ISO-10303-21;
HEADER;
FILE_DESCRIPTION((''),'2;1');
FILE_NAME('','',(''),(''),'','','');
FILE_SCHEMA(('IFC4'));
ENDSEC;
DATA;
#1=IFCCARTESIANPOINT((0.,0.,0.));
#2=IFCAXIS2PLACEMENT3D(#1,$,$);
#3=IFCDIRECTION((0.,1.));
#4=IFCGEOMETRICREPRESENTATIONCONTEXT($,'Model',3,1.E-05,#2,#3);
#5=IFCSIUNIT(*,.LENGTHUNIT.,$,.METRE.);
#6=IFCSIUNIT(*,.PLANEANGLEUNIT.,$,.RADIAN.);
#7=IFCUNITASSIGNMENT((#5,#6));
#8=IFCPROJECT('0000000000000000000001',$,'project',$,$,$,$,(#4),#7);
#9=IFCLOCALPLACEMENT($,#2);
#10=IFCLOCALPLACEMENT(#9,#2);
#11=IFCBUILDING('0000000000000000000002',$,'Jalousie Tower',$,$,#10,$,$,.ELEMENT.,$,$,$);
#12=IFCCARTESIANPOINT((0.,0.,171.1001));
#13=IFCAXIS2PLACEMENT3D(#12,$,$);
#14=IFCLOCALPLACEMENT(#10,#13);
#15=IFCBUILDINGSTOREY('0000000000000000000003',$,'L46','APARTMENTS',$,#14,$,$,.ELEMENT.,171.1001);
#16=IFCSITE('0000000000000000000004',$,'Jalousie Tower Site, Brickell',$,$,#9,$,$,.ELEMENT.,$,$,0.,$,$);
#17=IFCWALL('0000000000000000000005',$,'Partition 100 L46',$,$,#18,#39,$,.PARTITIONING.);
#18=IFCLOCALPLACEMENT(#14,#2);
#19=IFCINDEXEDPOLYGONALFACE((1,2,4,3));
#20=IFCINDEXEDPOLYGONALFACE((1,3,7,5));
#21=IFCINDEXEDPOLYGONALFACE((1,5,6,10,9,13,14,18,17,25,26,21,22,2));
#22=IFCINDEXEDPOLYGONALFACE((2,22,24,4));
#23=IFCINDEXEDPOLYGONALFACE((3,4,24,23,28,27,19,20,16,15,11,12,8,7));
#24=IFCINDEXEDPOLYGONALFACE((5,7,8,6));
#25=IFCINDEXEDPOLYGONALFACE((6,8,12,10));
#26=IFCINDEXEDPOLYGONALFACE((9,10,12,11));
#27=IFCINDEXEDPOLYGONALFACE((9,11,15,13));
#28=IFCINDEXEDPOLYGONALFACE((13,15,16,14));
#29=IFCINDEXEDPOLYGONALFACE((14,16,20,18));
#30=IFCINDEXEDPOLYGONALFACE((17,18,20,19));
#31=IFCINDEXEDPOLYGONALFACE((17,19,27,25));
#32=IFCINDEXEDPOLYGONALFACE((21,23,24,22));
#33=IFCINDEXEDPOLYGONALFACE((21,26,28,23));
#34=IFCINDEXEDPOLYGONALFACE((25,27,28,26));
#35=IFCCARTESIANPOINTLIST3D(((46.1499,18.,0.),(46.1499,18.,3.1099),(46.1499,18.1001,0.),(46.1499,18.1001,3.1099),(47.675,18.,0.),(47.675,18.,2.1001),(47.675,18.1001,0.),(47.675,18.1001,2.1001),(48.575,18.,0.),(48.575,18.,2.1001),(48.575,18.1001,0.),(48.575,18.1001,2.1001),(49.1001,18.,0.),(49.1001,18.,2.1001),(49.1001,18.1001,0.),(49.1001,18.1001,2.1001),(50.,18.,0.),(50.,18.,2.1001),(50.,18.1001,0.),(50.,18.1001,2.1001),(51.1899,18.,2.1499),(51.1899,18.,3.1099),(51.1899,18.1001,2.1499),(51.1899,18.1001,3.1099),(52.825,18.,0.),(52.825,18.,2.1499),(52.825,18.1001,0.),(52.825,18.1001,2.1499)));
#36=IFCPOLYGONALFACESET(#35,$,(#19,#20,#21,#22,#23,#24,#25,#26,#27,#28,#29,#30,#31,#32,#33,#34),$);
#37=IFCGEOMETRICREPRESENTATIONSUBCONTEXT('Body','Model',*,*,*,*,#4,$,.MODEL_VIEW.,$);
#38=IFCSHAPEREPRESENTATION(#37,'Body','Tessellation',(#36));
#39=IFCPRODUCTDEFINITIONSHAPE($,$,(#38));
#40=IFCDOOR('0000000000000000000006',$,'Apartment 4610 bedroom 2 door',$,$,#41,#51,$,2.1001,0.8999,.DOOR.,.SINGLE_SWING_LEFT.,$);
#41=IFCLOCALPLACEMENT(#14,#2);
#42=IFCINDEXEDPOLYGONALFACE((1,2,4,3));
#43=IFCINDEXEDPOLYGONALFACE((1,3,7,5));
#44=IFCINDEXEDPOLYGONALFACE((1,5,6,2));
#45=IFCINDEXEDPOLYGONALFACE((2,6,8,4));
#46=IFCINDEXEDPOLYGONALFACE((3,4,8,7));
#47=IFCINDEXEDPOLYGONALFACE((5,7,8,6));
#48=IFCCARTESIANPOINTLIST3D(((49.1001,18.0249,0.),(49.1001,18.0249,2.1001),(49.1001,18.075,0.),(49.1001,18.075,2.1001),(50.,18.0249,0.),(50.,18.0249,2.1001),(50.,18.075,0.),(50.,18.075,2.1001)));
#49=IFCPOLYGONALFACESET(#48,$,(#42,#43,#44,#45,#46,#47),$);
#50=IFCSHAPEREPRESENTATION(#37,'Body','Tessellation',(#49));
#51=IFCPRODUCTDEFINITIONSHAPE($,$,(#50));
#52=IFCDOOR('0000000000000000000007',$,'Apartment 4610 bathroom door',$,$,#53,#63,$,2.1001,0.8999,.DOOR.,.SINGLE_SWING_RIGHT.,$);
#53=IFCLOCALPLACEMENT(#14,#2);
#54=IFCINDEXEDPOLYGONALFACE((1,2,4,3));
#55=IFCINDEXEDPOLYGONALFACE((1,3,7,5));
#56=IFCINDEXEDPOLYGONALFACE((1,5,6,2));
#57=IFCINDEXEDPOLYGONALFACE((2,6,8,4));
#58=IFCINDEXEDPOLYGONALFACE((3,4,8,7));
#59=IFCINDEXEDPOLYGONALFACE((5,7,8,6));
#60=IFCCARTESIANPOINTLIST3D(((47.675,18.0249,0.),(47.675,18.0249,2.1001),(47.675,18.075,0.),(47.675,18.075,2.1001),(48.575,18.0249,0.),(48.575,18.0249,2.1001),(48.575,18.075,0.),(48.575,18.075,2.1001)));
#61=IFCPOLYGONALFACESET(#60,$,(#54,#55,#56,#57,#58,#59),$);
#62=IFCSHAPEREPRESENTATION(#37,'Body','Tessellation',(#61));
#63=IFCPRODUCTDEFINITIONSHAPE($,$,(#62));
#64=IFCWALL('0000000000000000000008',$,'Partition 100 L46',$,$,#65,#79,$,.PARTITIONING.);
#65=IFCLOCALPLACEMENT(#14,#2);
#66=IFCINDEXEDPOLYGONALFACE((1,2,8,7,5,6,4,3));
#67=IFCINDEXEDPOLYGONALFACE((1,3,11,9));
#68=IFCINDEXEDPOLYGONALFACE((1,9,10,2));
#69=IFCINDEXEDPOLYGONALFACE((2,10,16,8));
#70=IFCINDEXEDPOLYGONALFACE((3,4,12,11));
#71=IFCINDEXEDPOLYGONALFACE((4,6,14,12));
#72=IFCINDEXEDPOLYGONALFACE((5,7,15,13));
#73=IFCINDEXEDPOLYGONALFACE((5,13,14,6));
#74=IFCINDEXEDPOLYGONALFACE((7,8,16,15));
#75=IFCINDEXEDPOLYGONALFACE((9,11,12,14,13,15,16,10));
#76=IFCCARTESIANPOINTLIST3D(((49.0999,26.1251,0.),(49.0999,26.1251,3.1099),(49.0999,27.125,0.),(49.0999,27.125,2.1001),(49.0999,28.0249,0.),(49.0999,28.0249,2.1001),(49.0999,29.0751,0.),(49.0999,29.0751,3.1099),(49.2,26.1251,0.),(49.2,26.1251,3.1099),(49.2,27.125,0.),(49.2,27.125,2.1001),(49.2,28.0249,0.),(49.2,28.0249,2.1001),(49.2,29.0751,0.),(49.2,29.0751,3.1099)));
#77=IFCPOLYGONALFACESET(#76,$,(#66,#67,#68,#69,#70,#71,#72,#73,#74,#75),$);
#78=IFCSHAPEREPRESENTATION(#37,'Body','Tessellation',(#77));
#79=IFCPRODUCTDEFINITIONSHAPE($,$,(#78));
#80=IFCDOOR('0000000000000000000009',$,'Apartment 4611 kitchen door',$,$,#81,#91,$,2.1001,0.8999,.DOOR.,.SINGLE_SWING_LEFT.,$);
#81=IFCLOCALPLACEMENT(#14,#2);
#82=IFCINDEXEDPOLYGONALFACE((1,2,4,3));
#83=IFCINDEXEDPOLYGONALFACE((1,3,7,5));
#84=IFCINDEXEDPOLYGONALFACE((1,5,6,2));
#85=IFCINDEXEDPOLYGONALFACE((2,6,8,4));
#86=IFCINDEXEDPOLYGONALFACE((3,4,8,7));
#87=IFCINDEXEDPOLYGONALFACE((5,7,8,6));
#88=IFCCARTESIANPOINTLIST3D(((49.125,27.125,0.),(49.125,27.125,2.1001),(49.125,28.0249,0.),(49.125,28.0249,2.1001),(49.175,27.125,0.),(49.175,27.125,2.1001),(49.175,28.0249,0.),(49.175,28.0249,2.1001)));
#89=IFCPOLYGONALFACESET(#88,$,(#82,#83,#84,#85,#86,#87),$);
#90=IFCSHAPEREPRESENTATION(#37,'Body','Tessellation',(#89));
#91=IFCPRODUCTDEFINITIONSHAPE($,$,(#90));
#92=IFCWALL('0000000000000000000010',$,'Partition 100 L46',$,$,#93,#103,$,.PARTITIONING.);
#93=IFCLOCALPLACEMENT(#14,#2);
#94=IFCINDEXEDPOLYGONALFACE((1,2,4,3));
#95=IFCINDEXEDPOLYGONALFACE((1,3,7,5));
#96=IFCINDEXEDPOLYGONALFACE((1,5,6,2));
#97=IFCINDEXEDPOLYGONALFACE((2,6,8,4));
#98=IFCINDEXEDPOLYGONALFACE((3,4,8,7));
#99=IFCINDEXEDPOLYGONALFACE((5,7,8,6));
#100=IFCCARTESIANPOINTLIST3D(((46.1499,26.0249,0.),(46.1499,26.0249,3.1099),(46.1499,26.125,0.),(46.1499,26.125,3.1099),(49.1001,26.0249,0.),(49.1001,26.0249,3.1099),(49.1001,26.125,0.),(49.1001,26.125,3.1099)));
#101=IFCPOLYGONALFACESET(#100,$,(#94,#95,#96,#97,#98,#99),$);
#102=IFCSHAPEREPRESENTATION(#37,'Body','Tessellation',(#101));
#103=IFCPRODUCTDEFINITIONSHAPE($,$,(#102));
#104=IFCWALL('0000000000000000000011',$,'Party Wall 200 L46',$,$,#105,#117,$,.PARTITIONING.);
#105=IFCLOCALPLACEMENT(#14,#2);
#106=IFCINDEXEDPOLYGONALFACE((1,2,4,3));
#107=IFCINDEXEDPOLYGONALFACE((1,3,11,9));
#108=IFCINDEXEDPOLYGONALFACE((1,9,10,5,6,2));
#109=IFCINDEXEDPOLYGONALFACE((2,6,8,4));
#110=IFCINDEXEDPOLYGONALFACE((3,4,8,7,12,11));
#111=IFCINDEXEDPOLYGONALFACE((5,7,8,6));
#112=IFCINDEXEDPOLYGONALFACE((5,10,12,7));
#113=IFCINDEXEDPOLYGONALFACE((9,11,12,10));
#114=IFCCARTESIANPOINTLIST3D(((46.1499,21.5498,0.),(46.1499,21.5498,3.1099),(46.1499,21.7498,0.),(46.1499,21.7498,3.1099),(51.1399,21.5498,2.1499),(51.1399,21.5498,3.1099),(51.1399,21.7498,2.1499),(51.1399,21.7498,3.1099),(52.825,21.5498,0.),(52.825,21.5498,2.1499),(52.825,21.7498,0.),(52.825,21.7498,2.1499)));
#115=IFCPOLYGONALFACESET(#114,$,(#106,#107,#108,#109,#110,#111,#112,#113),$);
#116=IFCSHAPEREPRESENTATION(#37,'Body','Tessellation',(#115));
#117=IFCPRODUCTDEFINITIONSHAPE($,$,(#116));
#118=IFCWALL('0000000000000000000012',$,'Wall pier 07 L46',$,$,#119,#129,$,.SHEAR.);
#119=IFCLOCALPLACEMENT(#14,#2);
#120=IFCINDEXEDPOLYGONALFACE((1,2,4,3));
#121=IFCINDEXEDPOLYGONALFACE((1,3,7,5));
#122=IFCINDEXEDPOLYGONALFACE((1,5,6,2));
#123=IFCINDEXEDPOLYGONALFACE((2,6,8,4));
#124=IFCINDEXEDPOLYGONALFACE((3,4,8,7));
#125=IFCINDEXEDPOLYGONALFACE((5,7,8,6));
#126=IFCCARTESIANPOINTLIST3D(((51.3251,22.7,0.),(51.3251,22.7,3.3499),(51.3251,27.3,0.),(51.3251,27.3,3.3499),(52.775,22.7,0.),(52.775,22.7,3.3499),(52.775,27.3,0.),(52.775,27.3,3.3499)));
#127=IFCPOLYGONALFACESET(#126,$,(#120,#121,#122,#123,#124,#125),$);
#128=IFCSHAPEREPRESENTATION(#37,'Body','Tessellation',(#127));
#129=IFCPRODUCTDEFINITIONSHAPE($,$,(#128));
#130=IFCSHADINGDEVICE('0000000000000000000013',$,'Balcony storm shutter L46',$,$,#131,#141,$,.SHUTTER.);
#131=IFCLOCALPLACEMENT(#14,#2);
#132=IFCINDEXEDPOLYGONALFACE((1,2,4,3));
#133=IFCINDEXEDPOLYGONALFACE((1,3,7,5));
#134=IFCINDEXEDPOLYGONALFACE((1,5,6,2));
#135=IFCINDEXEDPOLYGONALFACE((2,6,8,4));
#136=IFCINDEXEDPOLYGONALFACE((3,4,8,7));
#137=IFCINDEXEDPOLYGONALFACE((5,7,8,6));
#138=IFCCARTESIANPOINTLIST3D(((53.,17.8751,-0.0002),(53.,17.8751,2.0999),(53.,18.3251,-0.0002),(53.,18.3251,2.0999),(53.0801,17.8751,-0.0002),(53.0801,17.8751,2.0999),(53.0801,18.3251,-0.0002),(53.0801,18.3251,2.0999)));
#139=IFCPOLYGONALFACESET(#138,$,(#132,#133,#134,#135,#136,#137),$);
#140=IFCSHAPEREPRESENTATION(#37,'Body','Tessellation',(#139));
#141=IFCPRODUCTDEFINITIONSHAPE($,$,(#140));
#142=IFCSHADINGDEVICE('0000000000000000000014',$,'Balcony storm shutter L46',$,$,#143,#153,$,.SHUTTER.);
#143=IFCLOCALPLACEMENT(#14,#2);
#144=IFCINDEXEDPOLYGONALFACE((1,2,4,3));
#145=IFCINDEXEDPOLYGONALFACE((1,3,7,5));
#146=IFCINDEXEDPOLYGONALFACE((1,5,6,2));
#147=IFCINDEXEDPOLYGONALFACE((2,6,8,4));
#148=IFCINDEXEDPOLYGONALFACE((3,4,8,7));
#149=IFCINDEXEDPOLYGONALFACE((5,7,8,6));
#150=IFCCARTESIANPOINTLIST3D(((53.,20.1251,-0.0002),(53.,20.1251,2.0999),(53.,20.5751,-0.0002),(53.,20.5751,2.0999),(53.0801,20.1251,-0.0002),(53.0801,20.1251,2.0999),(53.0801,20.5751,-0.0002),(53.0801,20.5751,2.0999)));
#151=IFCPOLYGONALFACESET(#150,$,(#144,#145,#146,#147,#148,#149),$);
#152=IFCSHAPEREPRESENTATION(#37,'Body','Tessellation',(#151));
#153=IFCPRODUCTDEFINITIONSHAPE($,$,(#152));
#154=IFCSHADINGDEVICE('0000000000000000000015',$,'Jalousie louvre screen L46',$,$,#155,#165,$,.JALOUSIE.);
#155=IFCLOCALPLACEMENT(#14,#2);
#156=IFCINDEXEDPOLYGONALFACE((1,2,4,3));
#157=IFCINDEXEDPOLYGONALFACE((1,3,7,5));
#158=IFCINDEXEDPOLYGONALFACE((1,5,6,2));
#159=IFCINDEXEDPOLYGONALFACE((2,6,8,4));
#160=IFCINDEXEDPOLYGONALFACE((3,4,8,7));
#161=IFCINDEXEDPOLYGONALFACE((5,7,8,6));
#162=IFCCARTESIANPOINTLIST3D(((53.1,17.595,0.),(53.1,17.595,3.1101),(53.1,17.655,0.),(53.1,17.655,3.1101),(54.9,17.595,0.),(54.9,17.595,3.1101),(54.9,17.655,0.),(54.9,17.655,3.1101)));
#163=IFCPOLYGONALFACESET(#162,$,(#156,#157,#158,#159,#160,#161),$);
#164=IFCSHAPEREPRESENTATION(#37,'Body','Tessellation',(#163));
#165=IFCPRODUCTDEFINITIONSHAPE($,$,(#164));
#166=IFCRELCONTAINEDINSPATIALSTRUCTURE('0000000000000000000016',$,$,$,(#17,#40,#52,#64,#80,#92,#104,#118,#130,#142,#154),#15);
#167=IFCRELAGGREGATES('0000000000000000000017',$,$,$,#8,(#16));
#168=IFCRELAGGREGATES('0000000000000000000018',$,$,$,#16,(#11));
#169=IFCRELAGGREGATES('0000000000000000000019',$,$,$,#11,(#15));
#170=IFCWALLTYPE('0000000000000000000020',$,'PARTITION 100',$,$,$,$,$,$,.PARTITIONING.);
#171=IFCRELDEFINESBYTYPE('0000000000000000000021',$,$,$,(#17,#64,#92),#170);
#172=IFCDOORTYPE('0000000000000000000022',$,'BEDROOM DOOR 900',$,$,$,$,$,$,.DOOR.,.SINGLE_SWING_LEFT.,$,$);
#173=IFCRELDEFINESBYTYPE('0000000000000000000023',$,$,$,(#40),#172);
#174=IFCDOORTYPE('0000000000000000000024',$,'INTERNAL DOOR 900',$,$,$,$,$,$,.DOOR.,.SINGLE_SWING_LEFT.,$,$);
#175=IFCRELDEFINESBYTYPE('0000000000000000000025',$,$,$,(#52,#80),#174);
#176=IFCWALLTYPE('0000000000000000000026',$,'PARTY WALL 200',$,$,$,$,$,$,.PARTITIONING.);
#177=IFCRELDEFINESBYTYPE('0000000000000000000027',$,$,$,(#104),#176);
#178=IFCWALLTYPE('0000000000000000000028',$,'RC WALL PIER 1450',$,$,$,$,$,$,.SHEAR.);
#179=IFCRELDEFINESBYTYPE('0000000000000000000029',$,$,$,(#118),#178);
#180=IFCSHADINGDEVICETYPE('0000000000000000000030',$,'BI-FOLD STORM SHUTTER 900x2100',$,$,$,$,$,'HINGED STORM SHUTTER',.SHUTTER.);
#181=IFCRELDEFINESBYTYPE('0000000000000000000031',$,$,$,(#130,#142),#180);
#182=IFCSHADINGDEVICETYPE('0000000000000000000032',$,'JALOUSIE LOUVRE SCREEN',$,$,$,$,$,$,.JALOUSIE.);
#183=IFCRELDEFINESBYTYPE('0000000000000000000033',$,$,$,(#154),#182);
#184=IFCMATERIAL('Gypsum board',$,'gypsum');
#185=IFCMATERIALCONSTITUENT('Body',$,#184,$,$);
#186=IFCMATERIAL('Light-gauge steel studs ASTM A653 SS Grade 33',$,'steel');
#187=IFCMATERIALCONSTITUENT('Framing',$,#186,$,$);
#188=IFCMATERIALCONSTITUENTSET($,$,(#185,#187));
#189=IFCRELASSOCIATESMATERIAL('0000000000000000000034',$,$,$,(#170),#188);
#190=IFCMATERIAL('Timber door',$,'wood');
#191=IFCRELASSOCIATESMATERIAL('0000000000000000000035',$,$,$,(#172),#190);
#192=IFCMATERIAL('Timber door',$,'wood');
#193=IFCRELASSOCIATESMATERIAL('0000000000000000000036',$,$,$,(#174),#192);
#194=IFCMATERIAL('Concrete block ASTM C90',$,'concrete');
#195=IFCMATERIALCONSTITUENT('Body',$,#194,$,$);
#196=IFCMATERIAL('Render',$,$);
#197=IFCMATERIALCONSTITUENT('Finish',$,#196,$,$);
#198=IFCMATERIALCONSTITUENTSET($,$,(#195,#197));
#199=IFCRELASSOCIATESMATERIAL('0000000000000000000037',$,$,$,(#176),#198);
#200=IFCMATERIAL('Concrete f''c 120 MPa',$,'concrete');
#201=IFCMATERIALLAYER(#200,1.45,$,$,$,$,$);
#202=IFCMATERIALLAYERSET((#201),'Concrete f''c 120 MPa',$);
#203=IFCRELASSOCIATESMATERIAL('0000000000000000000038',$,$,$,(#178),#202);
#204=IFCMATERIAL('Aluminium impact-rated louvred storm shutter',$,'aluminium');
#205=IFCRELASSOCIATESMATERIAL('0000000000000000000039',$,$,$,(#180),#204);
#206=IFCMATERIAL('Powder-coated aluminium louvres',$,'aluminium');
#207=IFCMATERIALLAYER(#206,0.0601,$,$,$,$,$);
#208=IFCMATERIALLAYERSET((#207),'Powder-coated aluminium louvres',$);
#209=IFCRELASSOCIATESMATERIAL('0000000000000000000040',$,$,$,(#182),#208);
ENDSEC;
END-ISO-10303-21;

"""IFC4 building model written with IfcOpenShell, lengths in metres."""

from ifc_helpers import new_model, si_unit, direction, frame, frame_2d, origin, origin_2d, place, context, subcontext, project, spatial, polyline, rectangle, outline, extrude, material, layer, layer_set, constituent, constituent_set, type_object, element, fill, save


model = new_model("IFC4")

# Units and contexts
model_context = context("Model", 3, precision=1e-05, world=origin(), true_north=direction((0.0, 1.0)))
body_context = subcontext(model_context, "Body", "Model", "MODEL_VIEW")
ifc_project = project(units=[si_unit("LENGTHUNIT", "METRE"), si_unit("PLANEANGLEUNIT", "RADIAN")], contexts=[model_context])

# Site, building, storey
site_placement = place(None, origin())
site = spatial("IfcSite", under=ifc_project, at=site_placement, Name="Jalousie Tower Site, Brickell", CompositionType="ELEMENT", RefElevation=0.0)
building_placement = place(site_placement, origin())
building = spatial("IfcBuilding", under=site, at=building_placement, Name="Jalousie Tower", CompositionType="ELEMENT")
storey_placement = place(building_placement, frame((0.0, 0.0, 171.1001)))
storey = spatial("IfcBuildingStorey", under=building, at=storey_placement, Name="L46", Description="APARTMENTS", CompositionType="ELEMENT", Elevation=171.1001)

# Wall, openings, doors
ifc_material_1 = material(Name="Gypsum board", Category="gypsum")
ifc_constituent_1 = constituent(ifc_material_1, Name="Body")
ifc_material_2 = material(Name="Light-gauge steel studs ASTM A653 SS Grade 33", Category="steel")
ifc_constituent_2 = constituent(ifc_material_2, Name="Framing")
ifc_constituent_set_1 = constituent_set(constituents=[ifc_constituent_1, ifc_constituent_2])
wall_type_1 = type_object("IfcWallType", Name="PARTITION 100", PredefinedType="PARTITIONING", material=ifc_constituent_set_1)
wall_1_placement = place(storey_placement, frame((52.825, 18.05, 0.0), z_axis=(0.0, 0.0, 1.0), x_axis=(-1.0, 0.0, 0.0)))
wall_1 = element("IfcWall", 1, at=wall_1_placement, inside=storey, type_object=wall_type_1, Name="Partition 100 L46", PredefinedType="PARTITIONING", context=body_context, shape_type="SweptSolid", body=[
    extrude(outline(polyline([(0.0, 0.0), (6.675, 0.0), (6.675, 3.1099), (1.635, 3.1099), (1.635, 2.1499), (0.0, 2.1499), (0.0, 3.1099), (0.0, 0.0)])), frame((0.0, 0.05, 0.0), z_axis=(0.0, -1.0, 0.0), x_axis=(1.0, 0.0, 0.0)), (0.0, 0.0, 1.0), 0.1001),
])
opening_1_placement = place(wall_1_placement, frame((2.825, 0.0, 0.0)))
opening_1 = element("IfcOpeningElement", 2, at=opening_1_placement, cuts=wall_1, PredefinedType="OPENING", context=body_context, shape_type="SweptSolid", body=[
    extrude(rectangle(XDim=0.8999, YDim=2.1001, at=frame_2d((0.45, 1.05))), frame((0.0, 0.0601, 0.0), z_axis=(0.0, -1.0, 0.0), x_axis=(1.0, 0.0, 0.0)), (0.0, 0.0, 1.0), 0.1201),
])
opening_2_placement = place(wall_1_placement, frame((4.25, 0.0, 0.0)))
opening_2 = element("IfcOpeningElement", 3, at=opening_2_placement, cuts=wall_1, PredefinedType="OPENING", context=body_context, shape_type="SweptSolid", body=[
    extrude(rectangle(XDim=0.8999, YDim=2.1001, at=frame_2d((0.45, 1.05))), frame((0.0, 0.0601, 0.0), z_axis=(0.0, -1.0, 0.0), x_axis=(1.0, 0.0, 0.0)), (0.0, 0.0, 1.0), 0.1201),
])
ifc_material_3 = material(Name="Timber door", Category="wood")
door_type_1 = type_object("IfcDoorType", Name="BEDROOM DOOR 900", OperationType="SINGLE_SWING_LEFT", PredefinedType="DOOR", material=ifc_material_3)
door_1_placement = place(opening_1_placement, frame((0.8999, 0.0, 0.0), z_axis=(0.0, 0.0, 1.0), x_axis=(-1.0, 0.0, 0.0)))
door_1 = element("IfcDoor", 4, at=door_1_placement, inside=storey, type_object=door_type_1, Name="Apartment 4610 bedroom 2 door", OperationType="SINGLE_SWING_LEFT", OverallHeight=2.1001, OverallWidth=0.8999, PredefinedType="DOOR", context=body_context, shape_type="SweptSolid", body=[
    extrude(rectangle(XDim=0.8999, YDim=2.1001, at=frame_2d((0.45, 1.05))), frame((0.0, 0.0249, 0.0), z_axis=(0.0, -1.0, 0.0), x_axis=(1.0, 0.0, 0.0)), (0.0, 0.0, 1.0), 0.05),
])
fill(opening_1, door_1)
ifc_material_4 = material(Name="Timber door", Category="wood")
door_type_2 = type_object("IfcDoorType", Name="INTERNAL DOOR 900", OperationType="SINGLE_SWING_LEFT", PredefinedType="DOOR", material=ifc_material_4)
door_2_placement = place(opening_2_placement, frame((0.8999, 0.0, 0.0), z_axis=(0.0, 0.0, 1.0), x_axis=(-1.0, 0.0, 0.0)))
door_2 = element("IfcDoor", 5, at=door_2_placement, inside=storey, type_object=door_type_2, Name="Apartment 4610 bathroom door", OperationType="SINGLE_SWING_RIGHT", OverallHeight=2.1001, OverallWidth=0.8999, PredefinedType="DOOR", context=body_context, shape_type="SweptSolid", body=[
    extrude(rectangle(XDim=0.8999, YDim=2.1001, at=frame_2d((0.45, 1.05))), frame((0.0, 0.0249, 0.0), z_axis=(0.0, -1.0, 0.0), x_axis=(1.0, 0.0, 0.0)), (0.0, 0.0, 1.0), 0.05),
])
fill(opening_2, door_2)

# Wall, opening, door
wall_2_placement = place(storey_placement, frame((49.1499, 26.125, 0.0), z_axis=(0.0, 0.0, 1.0), x_axis=(0.0, 1.0, 0.0)))
wall_2 = element("IfcWall", 6, at=wall_2_placement, inside=storey, type_object=wall_type_1, Name="Partition 100 L46", PredefinedType="PARTITIONING", context=body_context, shape_type="SweptSolid", body=[
    extrude(rectangle(XDim=2.95, YDim=0.1001, at=frame_2d((1.4751, 0.0))), origin(), (0.0, 0.0, 1.0), 3.1099),
])
opening_3_placement = place(wall_2_placement, frame((1.0, 0.0, 0.0)))
opening_3 = element("IfcOpeningElement", 7, at=opening_3_placement, cuts=wall_2, PredefinedType="OPENING", context=body_context, shape_type="SweptSolid", body=[
    extrude(rectangle(XDim=0.8999, YDim=2.1001, at=frame_2d((0.45, 1.05))), frame((0.0, 0.0601, 0.0), z_axis=(0.0, -1.0, 0.0), x_axis=(1.0, 0.0, 0.0)), (0.0, 0.0, 1.0), 0.1201),
])
door_3_placement = place(opening_3_placement, origin())
door_3 = element("IfcDoor", 8, at=door_3_placement, inside=storey, type_object=door_type_2, Name="Apartment 4611 kitchen door", OperationType="SINGLE_SWING_LEFT", OverallHeight=2.1001, OverallWidth=0.8999, PredefinedType="DOOR", context=body_context, shape_type="SweptSolid", body=[
    extrude(rectangle(XDim=0.8999, YDim=2.1001, at=frame_2d((0.45, 1.05))), frame((0.0, 0.0249, 0.0), z_axis=(0.0, -1.0, 0.0), x_axis=(1.0, 0.0, 0.0)), (0.0, 0.0, 1.0), 0.05),
])
fill(opening_3, door_3)

# Walls
wall_3_placement = place(storey_placement, frame((49.1001, 26.075, 0.0), z_axis=(0.0, 0.0, 1.0), x_axis=(-1.0, 0.0, 0.0)))
element("IfcWall", 9, at=wall_3_placement, inside=storey, type_object=wall_type_1, Name="Partition 100 L46", PredefinedType="PARTITIONING", context=body_context, shape_type="SweptSolid", body=[
    extrude(rectangle(XDim=2.9502, YDim=0.1001, at=frame_2d((1.4751, 0.0))), origin(), (0.0, 0.0, 1.0), 3.1099),
])
ifc_material_5 = material(Name="Concrete block ASTM C90", Category="concrete")
ifc_constituent_3 = constituent(ifc_material_5, Name="Body")
ifc_material_6 = material(Name="Render")
ifc_constituent_4 = constituent(ifc_material_6, Name="Finish")
ifc_constituent_set_2 = constituent_set(constituents=[ifc_constituent_3, ifc_constituent_4])
wall_type_2 = type_object("IfcWallType", Name="PARTY WALL 200", PredefinedType="PARTITIONING", material=ifc_constituent_set_2)
wall_4_placement = place(storey_placement, frame((52.825, 21.6499, 0.0), z_axis=(0.0, 0.0, 1.0), x_axis=(-1.0, 0.0, 0.0)))
element("IfcWall", 10, at=wall_4_placement, inside=storey, type_object=wall_type_2, Name="Party Wall 200 L46", PredefinedType="PARTITIONING", context=body_context, shape_type="SweptSolid", body=[
    extrude(outline(polyline([(0.0, 0.0), (6.675, 0.0), (6.675, 3.1099), (1.6851, 3.1099), (1.6851, 2.1499), (0.0, 2.1499), (0.0, 3.1099), (0.0, 0.0)])), frame((0.0, 0.1001, 0.0), z_axis=(0.0, -1.0, 0.0), x_axis=(1.0, 0.0, 0.0)), (0.0, 0.0, 1.0), 0.2),
])
ifc_material_7 = material(Name="Concrete f'c 120 MPa", Category="concrete")
ifc_layer_1 = layer(ifc_material_7, 1.45)
ifc_layer_set_1 = layer_set([ifc_layer_1], Name="Concrete f'c 120 MPa")
wall_type_3 = type_object("IfcWallType", Name="RC WALL PIER 1450", PredefinedType="SHEAR", material=ifc_layer_set_1)
wall_5_placement = place(storey_placement, frame((52.05, 22.7, 0.0), z_axis=(0.0, 0.0, 1.0), x_axis=(0.0, 1.0, 0.0)))
element("IfcWall", 11, at=wall_5_placement, inside=storey, type_object=wall_type_3, Name="Wall pier 07 L46", PredefinedType="SHEAR", context=body_context, shape_type="SweptSolid", body=[
    extrude(rectangle(XDim=4.6001, YDim=1.45, at=frame_2d((2.3, 0.0))), origin(), (0.0, 0.0, 1.0), 3.3499),
])

# Shading devices
ifc_material_8 = material(Name="Aluminium impact-rated louvred storm shutter", Category="aluminium")
shading_device_type_1 = type_object("IfcShadingDeviceType", Name="BI-FOLD STORM SHUTTER 900x2100", ElementType="HINGED STORM SHUTTER", PredefinedType="SHUTTER", material=ifc_material_8)
for number, where, z_axis, x_axis, name in (
    (12, (53.04, 18.1001, -0.0002), (0.0, 0.0, 1.0), (0.0, 1.0, 0.0), "Balcony storm shutter L46"),
    (13, (53.04, 20.3501, -0.0002), (0.0, 0.0, 1.0), (0.0, 1.0, 0.0), "Balcony storm shutter L46"),
):
    element("IfcShadingDevice", number, at=place(storey_placement, frame(where, z_axis=z_axis, x_axis=x_axis)), inside=storey, type_object=shading_device_type_1, Name=name, PredefinedType="SHUTTER", context=body_context, shape_type="SweptSolid", body=[
        extrude(rectangle(XDim=0.45, YDim=0.0801, at=origin_2d()), origin(), (0.0, 0.0, 1.0), 2.1001),
    ])

# Shading device
ifc_material_9 = material(Name="Powder-coated aluminium louvres", Category="aluminium")
ifc_layer_2 = layer(ifc_material_9, 0.0601)
ifc_layer_set_2 = layer_set([ifc_layer_2], Name="Powder-coated aluminium louvres")
shading_device_type_2 = type_object("IfcShadingDeviceType", Name="JALOUSIE LOUVRE SCREEN", PredefinedType="JALOUSIE", material=ifc_layer_set_2)
for number, where, z_axis, x_axis, name in (
    (14, (54.0, 17.625, 0.0), (0.0, 0.0, 1.0), (0.0, 1.0, 0.0), "Jalousie louvre screen L46"),
):
    element("IfcShadingDevice", number, at=place(storey_placement, frame(where, z_axis=z_axis, x_axis=x_axis)), inside=storey, type_object=shading_device_type_2, Name=name, PredefinedType="JALOUSIE", context=body_context, shape_type="SweptSolid", body=[
        extrude(rectangle(XDim=0.0601, YDim=1.8, at=origin_2d()), origin(), (0.0, 0.0, 1.0), 3.1101),
    ])

save(model, "model.ifc")
